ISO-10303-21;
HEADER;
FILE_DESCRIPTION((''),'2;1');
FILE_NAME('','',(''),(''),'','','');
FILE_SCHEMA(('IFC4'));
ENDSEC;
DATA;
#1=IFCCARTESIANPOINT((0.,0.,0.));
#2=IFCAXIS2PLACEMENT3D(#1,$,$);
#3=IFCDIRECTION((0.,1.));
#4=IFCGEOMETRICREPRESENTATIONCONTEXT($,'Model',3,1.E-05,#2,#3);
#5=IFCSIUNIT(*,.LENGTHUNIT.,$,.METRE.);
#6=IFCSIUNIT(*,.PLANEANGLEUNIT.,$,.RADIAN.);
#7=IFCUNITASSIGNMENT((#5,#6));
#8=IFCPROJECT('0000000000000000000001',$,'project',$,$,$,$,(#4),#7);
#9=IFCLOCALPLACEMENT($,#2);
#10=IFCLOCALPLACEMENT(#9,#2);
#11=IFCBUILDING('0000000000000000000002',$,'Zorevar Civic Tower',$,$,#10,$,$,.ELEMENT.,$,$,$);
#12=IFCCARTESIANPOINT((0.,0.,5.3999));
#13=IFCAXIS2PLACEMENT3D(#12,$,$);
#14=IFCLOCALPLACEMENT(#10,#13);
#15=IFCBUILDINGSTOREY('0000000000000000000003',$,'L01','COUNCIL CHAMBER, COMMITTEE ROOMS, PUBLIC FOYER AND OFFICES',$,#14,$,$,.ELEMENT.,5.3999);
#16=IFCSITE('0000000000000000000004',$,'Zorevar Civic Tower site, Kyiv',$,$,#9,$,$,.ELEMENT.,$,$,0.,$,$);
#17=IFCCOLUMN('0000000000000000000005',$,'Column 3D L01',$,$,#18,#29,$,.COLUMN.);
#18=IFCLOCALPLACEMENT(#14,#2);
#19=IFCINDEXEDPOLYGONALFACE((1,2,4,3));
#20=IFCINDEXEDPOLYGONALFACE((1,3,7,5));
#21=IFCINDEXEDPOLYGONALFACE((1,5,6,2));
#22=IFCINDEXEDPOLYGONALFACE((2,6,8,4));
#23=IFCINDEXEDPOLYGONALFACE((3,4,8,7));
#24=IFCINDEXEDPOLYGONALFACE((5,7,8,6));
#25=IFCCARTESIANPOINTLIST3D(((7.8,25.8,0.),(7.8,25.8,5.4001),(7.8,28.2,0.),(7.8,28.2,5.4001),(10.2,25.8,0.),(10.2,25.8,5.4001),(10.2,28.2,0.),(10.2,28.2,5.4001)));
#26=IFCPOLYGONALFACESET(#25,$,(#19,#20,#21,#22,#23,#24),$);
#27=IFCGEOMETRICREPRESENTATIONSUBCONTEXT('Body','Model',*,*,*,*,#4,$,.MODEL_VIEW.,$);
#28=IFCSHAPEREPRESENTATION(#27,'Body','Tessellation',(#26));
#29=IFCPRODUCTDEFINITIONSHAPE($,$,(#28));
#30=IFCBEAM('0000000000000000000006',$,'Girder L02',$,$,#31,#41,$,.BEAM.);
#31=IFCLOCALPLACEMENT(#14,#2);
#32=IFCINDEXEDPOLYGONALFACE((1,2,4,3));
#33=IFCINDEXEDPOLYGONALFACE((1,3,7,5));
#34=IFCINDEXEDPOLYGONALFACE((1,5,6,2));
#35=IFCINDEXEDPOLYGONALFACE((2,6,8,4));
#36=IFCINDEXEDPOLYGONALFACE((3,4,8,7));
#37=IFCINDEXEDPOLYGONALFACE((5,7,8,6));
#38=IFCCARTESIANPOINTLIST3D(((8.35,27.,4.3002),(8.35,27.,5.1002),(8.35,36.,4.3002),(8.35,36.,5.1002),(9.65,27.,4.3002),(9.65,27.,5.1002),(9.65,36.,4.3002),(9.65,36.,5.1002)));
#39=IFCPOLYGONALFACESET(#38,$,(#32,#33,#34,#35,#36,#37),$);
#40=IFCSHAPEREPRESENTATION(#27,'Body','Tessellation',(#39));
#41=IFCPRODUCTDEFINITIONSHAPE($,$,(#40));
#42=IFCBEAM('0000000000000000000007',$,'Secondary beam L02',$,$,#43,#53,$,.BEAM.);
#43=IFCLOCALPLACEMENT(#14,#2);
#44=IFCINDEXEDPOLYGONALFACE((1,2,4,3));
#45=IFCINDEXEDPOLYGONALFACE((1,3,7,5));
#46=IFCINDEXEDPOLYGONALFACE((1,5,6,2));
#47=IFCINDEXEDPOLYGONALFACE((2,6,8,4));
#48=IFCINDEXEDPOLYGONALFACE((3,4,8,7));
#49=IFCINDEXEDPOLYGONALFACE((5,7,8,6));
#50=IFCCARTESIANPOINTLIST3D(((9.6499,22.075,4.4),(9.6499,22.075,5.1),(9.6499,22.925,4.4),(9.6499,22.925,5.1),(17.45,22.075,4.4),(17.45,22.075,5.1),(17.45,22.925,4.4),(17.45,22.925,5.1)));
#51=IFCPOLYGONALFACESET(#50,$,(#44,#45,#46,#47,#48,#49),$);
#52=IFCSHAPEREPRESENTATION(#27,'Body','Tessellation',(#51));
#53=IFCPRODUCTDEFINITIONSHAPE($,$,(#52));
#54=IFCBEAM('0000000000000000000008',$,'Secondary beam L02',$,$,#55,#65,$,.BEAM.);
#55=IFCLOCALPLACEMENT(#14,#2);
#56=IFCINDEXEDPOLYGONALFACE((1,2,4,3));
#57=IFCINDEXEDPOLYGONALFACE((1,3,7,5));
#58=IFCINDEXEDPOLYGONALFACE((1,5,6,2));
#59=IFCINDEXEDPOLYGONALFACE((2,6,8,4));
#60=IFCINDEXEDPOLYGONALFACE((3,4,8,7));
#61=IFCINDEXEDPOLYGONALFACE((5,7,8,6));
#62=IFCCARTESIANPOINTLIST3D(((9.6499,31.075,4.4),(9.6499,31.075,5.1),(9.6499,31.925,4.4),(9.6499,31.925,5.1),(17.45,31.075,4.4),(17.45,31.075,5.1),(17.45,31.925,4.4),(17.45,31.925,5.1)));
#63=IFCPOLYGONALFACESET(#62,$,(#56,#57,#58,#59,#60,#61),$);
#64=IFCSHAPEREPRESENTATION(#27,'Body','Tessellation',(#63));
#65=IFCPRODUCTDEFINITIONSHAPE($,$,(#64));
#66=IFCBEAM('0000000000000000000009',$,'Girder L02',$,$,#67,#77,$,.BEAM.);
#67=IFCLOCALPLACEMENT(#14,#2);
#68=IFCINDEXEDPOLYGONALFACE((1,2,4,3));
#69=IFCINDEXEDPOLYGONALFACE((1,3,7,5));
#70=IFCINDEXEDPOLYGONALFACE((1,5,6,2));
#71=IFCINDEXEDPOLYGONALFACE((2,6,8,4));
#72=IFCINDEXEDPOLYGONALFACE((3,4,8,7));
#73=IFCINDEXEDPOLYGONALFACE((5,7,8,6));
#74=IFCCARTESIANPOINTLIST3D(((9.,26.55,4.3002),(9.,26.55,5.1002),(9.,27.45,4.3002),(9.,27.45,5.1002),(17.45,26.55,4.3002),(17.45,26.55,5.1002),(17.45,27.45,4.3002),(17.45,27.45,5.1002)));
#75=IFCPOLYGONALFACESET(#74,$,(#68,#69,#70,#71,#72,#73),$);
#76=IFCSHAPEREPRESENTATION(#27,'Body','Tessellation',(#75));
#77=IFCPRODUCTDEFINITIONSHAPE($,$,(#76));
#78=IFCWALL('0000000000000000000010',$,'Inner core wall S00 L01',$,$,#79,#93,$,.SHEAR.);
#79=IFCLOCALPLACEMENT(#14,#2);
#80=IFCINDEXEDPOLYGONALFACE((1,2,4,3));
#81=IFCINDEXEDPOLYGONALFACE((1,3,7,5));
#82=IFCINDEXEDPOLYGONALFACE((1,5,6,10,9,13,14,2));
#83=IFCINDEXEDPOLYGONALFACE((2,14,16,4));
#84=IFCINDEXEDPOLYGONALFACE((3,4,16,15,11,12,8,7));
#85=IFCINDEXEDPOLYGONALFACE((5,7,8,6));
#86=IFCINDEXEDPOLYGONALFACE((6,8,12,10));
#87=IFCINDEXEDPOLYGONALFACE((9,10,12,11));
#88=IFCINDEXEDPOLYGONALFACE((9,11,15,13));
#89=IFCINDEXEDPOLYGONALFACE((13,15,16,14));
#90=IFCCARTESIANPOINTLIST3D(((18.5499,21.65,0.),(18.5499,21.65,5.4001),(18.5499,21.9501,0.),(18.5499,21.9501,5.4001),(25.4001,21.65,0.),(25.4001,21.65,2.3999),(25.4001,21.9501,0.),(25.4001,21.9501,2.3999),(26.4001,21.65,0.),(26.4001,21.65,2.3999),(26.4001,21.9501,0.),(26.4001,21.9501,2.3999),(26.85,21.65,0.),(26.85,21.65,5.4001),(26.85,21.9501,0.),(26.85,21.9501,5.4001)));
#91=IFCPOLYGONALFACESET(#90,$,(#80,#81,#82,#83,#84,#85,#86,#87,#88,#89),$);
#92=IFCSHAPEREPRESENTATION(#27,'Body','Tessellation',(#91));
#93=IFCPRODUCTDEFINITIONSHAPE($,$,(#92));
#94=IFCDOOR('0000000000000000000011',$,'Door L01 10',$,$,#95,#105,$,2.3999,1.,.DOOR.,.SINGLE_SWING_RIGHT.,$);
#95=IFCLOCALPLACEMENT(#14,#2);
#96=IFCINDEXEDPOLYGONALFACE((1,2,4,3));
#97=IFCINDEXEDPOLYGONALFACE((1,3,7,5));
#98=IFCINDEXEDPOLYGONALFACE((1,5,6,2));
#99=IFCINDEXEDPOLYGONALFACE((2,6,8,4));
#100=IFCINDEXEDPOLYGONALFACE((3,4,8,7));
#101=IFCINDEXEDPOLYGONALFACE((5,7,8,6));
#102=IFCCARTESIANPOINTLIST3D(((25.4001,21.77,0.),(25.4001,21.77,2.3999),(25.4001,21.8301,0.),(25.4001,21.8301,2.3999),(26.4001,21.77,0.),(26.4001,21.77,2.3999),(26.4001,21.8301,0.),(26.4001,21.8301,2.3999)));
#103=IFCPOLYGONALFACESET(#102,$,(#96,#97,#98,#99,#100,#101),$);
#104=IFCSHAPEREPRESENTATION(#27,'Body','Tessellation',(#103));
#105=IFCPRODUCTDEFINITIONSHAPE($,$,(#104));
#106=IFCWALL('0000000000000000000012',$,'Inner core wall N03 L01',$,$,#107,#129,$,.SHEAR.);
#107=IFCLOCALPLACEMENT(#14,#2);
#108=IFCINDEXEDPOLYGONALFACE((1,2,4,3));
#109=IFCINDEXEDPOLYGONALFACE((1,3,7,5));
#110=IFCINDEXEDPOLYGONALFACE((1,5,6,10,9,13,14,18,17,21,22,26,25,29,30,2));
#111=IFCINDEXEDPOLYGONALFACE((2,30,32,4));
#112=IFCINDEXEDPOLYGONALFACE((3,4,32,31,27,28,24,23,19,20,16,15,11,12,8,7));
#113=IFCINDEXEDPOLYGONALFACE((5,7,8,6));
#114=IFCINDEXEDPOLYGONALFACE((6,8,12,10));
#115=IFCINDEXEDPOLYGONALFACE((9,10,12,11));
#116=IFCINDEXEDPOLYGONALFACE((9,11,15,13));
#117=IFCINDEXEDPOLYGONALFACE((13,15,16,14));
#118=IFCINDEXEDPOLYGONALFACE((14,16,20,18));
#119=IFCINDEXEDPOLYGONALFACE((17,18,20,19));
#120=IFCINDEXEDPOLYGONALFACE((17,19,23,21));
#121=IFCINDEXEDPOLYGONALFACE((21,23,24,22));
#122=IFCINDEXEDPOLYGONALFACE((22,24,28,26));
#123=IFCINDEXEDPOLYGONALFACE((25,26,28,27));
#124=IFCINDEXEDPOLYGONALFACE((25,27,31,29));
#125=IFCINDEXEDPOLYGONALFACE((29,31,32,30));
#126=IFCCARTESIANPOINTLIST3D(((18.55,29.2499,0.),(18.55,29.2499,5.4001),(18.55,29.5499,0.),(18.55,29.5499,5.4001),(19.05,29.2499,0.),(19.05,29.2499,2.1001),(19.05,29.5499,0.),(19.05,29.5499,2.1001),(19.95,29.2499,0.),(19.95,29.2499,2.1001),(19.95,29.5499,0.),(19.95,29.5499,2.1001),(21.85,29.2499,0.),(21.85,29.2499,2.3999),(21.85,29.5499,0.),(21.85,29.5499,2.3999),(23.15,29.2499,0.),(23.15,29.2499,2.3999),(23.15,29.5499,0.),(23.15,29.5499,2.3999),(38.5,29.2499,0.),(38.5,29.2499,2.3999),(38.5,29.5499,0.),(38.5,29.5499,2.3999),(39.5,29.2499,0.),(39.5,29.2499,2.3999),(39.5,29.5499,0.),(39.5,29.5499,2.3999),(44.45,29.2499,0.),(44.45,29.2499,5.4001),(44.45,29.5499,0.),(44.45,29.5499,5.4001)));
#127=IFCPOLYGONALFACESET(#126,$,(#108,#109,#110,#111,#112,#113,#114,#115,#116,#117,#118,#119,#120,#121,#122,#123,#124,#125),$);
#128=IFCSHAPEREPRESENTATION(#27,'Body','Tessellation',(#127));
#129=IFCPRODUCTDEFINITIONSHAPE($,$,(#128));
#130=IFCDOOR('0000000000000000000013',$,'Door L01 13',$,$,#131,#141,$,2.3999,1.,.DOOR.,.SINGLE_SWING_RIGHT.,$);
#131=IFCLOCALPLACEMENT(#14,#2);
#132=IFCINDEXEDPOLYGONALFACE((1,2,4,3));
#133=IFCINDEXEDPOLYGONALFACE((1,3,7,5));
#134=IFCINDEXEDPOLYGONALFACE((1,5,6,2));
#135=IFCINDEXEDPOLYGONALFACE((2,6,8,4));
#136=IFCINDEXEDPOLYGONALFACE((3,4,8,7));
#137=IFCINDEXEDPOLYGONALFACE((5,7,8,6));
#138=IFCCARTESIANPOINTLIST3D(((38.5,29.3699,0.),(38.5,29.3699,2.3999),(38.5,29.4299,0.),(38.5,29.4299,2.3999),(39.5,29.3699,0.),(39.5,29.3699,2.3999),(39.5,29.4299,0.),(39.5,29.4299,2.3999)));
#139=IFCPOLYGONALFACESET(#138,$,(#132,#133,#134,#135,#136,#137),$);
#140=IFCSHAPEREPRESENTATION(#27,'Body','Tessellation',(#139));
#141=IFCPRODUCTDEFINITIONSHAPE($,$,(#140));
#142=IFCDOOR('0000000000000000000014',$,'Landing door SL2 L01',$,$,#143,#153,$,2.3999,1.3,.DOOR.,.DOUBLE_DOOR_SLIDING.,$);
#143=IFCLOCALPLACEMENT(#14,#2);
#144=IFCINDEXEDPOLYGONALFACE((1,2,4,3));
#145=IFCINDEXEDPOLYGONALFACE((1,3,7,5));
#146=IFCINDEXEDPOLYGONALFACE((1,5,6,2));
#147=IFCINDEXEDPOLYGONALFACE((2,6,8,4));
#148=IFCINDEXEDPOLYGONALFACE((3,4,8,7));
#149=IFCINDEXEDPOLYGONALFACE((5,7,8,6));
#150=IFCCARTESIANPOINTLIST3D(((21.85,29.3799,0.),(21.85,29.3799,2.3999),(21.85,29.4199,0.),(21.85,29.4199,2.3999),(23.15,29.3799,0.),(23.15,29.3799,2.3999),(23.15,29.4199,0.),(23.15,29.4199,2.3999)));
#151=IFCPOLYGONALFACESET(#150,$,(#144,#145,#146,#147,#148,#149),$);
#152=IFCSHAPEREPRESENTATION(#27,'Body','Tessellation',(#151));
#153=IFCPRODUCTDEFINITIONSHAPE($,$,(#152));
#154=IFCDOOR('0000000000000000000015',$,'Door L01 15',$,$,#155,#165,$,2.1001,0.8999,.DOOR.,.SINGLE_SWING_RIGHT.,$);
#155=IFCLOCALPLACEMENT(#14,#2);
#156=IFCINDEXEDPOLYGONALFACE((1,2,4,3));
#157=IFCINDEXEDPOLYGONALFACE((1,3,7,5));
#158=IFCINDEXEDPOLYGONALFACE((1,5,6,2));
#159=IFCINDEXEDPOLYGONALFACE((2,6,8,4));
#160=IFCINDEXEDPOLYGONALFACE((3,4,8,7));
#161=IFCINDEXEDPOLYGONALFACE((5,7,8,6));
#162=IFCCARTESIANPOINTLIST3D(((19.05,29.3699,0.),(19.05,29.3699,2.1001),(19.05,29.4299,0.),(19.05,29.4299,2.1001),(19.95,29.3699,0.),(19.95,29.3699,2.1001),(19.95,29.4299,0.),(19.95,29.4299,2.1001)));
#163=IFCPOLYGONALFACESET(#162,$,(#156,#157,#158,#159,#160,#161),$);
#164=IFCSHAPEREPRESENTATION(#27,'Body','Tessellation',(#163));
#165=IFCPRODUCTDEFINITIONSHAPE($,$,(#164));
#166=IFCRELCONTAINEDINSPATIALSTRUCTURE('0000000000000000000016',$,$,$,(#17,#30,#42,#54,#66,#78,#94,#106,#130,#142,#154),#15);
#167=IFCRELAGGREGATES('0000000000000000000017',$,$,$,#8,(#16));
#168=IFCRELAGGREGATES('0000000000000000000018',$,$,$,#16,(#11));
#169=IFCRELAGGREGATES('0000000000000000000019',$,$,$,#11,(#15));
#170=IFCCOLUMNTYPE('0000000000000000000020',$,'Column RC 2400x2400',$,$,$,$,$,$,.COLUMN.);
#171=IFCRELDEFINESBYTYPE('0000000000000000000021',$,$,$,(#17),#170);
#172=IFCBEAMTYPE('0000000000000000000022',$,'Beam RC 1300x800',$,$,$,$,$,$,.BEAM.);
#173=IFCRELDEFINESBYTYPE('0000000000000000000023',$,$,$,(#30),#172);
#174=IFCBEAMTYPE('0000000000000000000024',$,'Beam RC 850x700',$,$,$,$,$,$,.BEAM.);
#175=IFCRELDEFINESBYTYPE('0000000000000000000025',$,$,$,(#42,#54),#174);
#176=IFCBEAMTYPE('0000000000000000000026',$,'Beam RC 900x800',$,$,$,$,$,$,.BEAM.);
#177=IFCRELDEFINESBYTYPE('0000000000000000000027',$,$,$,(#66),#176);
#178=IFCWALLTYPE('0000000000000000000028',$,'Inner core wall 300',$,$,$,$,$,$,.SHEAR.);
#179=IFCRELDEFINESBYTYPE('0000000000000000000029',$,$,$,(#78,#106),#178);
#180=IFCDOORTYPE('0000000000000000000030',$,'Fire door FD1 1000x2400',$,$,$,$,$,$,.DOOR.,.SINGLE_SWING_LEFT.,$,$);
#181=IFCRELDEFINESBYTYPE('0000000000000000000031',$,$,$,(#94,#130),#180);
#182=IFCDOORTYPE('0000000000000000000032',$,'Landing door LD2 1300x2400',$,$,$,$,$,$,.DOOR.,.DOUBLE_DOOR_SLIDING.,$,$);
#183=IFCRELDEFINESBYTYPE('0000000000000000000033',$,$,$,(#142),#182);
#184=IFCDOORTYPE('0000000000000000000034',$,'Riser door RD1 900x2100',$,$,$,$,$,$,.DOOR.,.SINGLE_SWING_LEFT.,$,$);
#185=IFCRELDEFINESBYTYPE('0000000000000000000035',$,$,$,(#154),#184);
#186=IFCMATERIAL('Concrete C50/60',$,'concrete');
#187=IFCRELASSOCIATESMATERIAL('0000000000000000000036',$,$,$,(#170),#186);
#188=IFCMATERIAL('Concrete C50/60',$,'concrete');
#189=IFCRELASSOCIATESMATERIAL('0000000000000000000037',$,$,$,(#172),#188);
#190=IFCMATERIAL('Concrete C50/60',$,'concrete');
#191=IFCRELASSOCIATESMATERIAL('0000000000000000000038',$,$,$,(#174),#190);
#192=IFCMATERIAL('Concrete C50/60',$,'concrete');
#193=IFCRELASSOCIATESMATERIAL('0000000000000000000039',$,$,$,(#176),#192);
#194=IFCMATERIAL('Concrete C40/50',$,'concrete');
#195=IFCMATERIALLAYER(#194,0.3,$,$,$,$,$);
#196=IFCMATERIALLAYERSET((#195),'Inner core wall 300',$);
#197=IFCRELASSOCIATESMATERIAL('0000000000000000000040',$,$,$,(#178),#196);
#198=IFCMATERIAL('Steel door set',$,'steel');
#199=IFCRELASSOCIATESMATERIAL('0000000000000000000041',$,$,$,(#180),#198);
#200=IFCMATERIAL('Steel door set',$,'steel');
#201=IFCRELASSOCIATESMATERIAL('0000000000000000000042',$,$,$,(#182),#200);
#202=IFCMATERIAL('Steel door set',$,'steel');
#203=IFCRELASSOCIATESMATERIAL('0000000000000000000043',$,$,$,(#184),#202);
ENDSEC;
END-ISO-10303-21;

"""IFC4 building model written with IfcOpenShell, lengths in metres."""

from ifc_helpers import new_model, si_unit, direction, frame, frame_2d, origin, origin_2d, place, context, subcontext, project, spatial, rectangle, extrude, material, layer, layer_set, material_profile, profile_set, type_object, element, fill, save


model = new_model("IFC4")

# Units and contexts
model_context = context("Model", 3, precision=1e-05, world=origin(), true_north=direction((0.0, 1.0)))
body_context = subcontext(model_context, "Body", "Model", "MODEL_VIEW")
ifc_project = project(units=[si_unit("LENGTHUNIT", "METRE"), si_unit("PLANEANGLEUNIT", "RADIAN")], contexts=[model_context])

# Site, building, storey
site_placement = place(None, origin())
site = spatial("IfcSite", under=ifc_project, at=site_placement, Name="Zorevar Civic Tower site, Kyiv", CompositionType="ELEMENT", RefElevation=0.0)
building_placement = place(site_placement, origin())
building = spatial("IfcBuilding", under=site, at=building_placement, Name="Zorevar Civic Tower", CompositionType="ELEMENT")
storey_placement = place(building_placement, frame((0.0, 0.0, 5.3999)))
storey = spatial("IfcBuildingStorey", under=building, at=storey_placement, Name="L01", Description="COUNCIL CHAMBER, COMMITTEE ROOMS, PUBLIC FOYER AND OFFICES", CompositionType="ELEMENT", Elevation=5.3999)

# Column
ifc_material_1 = material(Name="Concrete C50/60", Category="concrete")
ifc_material_profile_1 = material_profile(ifc_material_1, rectangle(XDim=2.3999, YDim=2.3999, at=origin_2d()), Name="RC 2400x2400")
ifc_profile_set_1 = profile_set([ifc_material_profile_1], Name="Concrete C50/60")
column_type = type_object("IfcColumnType", Name="Column RC 2400x2400", PredefinedType="COLUMN", material=ifc_profile_set_1)
column_placement = place(storey_placement, frame((9.0, 27.0, 0.0), z_axis=(0.0, 0.0, 1.0), x_axis=(1.0, 0.0, 0.0)))
element("IfcColumn", 1, at=column_placement, inside=storey, type_object=column_type, Name="Column 3D L01", PredefinedType="COLUMN", context=body_context, shape_type="SweptSolid", body=[
    extrude(rectangle(XDim=2.3999, YDim=2.3999, at=origin_2d()), origin(), (0.0, 0.0, 1.0), 5.4001),
])

# Beams
ifc_material_2 = material(Name="Concrete C50/60", Category="concrete")
ifc_material_profile_2 = material_profile(ifc_material_2, rectangle(XDim=1.3, YDim=0.8, at=origin_2d()), Name="RC 1300x800")
ifc_profile_set_2 = profile_set([ifc_material_profile_2], Name="Concrete C50/60")
beam_type_1 = type_object("IfcBeamType", Name="Beam RC 1300x800", PredefinedType="BEAM", material=ifc_profile_set_2)
beam_1_placement = place(storey_placement, frame((9.0, 27.0, 4.7002), z_axis=(0.0, 1.0, 0.0), x_axis=(-1.0, 0.0, 0.0)))
element("IfcBeam", 2, at=beam_1_placement, inside=storey, type_object=beam_type_1, Name="Girder L02", PredefinedType="BEAM", context=body_context, shape_type="SweptSolid", body=[
    extrude(rectangle(XDim=1.3, YDim=0.8, at=origin_2d()), origin(), (0.0, 0.0, 1.0), 9.0),
])
ifc_material_3 = material(Name="Concrete C50/60", Category="concrete")
ifc_material_profile_3 = material_profile(ifc_material_3, rectangle(XDim=0.8501, YDim=0.7, at=origin_2d()), Name="RC 850x700")
ifc_profile_set_3 = profile_set([ifc_material_profile_3], Name="Concrete C50/60")
beam_type_2 = type_object("IfcBeamType", Name="Beam RC 850x700", PredefinedType="BEAM", material=ifc_profile_set_3)
for number, where, z_axis, x_axis, name in (
    (3, (9.6499, 22.5, 4.75), (1.0, 0.0, 0.0), (0.0, 1.0, 0.0), "Secondary beam L02"),
    (4, (9.6499, 31.5, 4.75), (1.0, 0.0, 0.0), (0.0, 1.0, 0.0), "Secondary beam L02"),
):
    element("IfcBeam", number, at=place(storey_placement, frame(where, z_axis=z_axis, x_axis=x_axis)), inside=storey, type_object=beam_type_2, Name=name, PredefinedType="BEAM", context=body_context, shape_type="SweptSolid", body=[
        extrude(rectangle(XDim=0.8501, YDim=0.7, at=origin_2d()), origin(), (0.0, 0.0, 1.0), 7.8),
    ])
ifc_material_4 = material(Name="Concrete C50/60", Category="concrete")
ifc_material_profile_4 = material_profile(ifc_material_4, rectangle(XDim=0.8999, YDim=0.8, at=origin_2d()), Name="RC 900x800")
ifc_profile_set_4 = profile_set([ifc_material_profile_4], Name="Concrete C50/60")
beam_type_3 = type_object("IfcBeamType", Name="Beam RC 900x800", PredefinedType="BEAM", material=ifc_profile_set_4)
beam_2_placement = place(storey_placement, frame((9.0, 27.0, 4.7002), z_axis=(1.0, 0.0, 0.0), x_axis=(0.0, 1.0, 0.0)))
element("IfcBeam", 5, at=beam_2_placement, inside=storey, type_object=beam_type_3, Name="Girder L02", PredefinedType="BEAM", context=body_context, shape_type="SweptSolid", body=[
    extrude(rectangle(XDim=0.8999, YDim=0.8, at=origin_2d()), origin(), (0.0, 0.0, 1.0), 8.45),
])

# Wall, opening, door
ifc_material_5 = material(Name="Concrete C40/50", Category="concrete")
ifc_layer_1 = layer(ifc_material_5, 0.3)
ifc_layer_set_1 = layer_set([ifc_layer_1], Name="Inner core wall 300")
wall_type_1 = type_object("IfcWallType", Name="Inner core wall 300", PredefinedType="SHEAR", material=ifc_layer_set_1)
wall_1_placement = place(storey_placement, frame((18.55, 21.8, 0.0), z_axis=(0.0, 0.0, 1.0), x_axis=(1.0, 0.0, 0.0)))
wall_1 = element("IfcWall", 6, at=wall_1_placement, inside=storey, type_object=wall_type_1, Name="Inner core wall S00 L01", PredefinedType="SHEAR", context=body_context, shape_type="SweptSolid", body=[
    extrude(rectangle(XDim=8.3, YDim=0.3, at=frame_2d((4.1499, 0.0))), origin(), (0.0, 0.0, 1.0), 5.4001),
])
opening_1_placement = place(wall_1_placement, frame((6.8501, 0.0, 0.0)))
opening_1 = element("IfcOpeningElement", 7, at=opening_1_placement, cuts=wall_1, PredefinedType="OPENING", context=body_context, shape_type="SweptSolid", body=[
    extrude(rectangle(XDim=1.0, YDim=2.3999, at=frame_2d((0.5, 1.2))), frame((0.0, 0.1599, 0.0), z_axis=(0.0, -1.0, 0.0), x_axis=(1.0, 0.0, 0.0)), (0.0, 0.0, 1.0), 0.3201),
])
ifc_material_6 = material(Name="Steel door set", Category="steel")
door_type_1 = type_object("IfcDoorType", Name="Fire door FD1 1000x2400", OperationType="SINGLE_SWING_LEFT", PredefinedType="DOOR", material=ifc_material_6)
door_1_placement = place(opening_1_placement, origin())
door_1 = element("IfcDoor", 8, at=door_1_placement, inside=storey, type_object=door_type_1, Name="Door L01 10", OperationType="SINGLE_SWING_RIGHT", OverallHeight=2.3999, OverallWidth=1.0, PredefinedType="DOOR", context=body_context, shape_type="SweptSolid", body=[
    extrude(rectangle(XDim=1.0, YDim=2.3999, at=frame_2d((0.5, 1.2))), frame((0.0, 0.03, 0.0), z_axis=(0.0, -1.0, 0.0), x_axis=(1.0, 0.0, 0.0)), (0.0, 0.0, 1.0), 0.0601),
])
fill(opening_1, door_1)

# Wall, openings, doors
ifc_material_7 = material(Name="Steel door set", Category="steel")
door_type_2 = type_object("IfcDoorType", Name="Landing door LD2 1300x2400", OperationType="DOUBLE_DOOR_SLIDING", PredefinedType="DOOR", material=ifc_material_7)
ifc_material_8 = material(Name="Steel door set", Category="steel")
door_type_3 = type_object("IfcDoorType", Name="Riser door RD1 900x2100", OperationType="SINGLE_SWING_LEFT", PredefinedType="DOOR", material=ifc_material_8)
wall_2_placement = place(storey_placement, frame((18.55, 29.3999, 0.0), z_axis=(0.0, 0.0, 1.0), x_axis=(1.0, 0.0, 0.0)))
wall_2 = element("IfcWall", 9, at=wall_2_placement, inside=storey, type_object=wall_type_1, Name="Inner core wall N03 L01", PredefinedType="SHEAR", context=body_context, shape_type="SweptSolid", body=[
    extrude(rectangle(XDim=25.8999, YDim=0.3, at=frame_2d((12.95, 0.0))), origin(), (0.0, 0.0, 1.0), 5.4001),
])
opening_2_placement = place(wall_2_placement, frame((19.95, 0.0, 0.0)))
opening_2 = element("IfcOpeningElement", 10, at=opening_2_placement, cuts=wall_2, PredefinedType="OPENING", context=body_context, shape_type="SweptSolid", body=[
    extrude(rectangle(XDim=1.0, YDim=2.3999, at=frame_2d((0.5, 1.2))), frame((0.0, 0.1599, 0.0), z_axis=(0.0, -1.0, 0.0), x_axis=(1.0, 0.0, 0.0)), (0.0, 0.0, 1.0), 0.3201),
])
opening_3_placement = place(wall_2_placement, frame((0.5, 0.0, 0.0)))
opening_3 = element("IfcOpeningElement", 11, at=opening_3_placement, cuts=wall_2, PredefinedType="OPENING", context=body_context, shape_type="SweptSolid", body=[
    extrude(rectangle(XDim=0.8999, YDim=2.1001, at=frame_2d((0.45, 1.05))), frame((0.0, 0.1599, 0.0), z_axis=(0.0, -1.0, 0.0), x_axis=(1.0, 0.0, 0.0)), (0.0, 0.0, 1.0), 0.3201),
])
opening_4_placement = place(wall_2_placement, frame((3.3, 0.0, 0.0)))
opening_4 = element("IfcOpeningElement", 12, at=opening_4_placement, cuts=wall_2, PredefinedType="OPENING", context=body_context, shape_type="SweptSolid", body=[
    extrude(rectangle(XDim=1.3, YDim=2.3999, at=frame_2d((0.6499, 1.2))), frame((0.0, 0.1599, 0.0), z_axis=(0.0, -1.0, 0.0), x_axis=(1.0, 0.0, 0.0)), (0.0, 0.0, 1.0), 0.3201),
])
door_2_placement = place(opening_2_placement, origin())
door_2 = element("IfcDoor", 13, at=door_2_placement, inside=storey, type_object=door_type_1, Name="Door L01 13", OperationType="SINGLE_SWING_RIGHT", OverallHeight=2.3999, OverallWidth=1.0, PredefinedType="DOOR", context=body_context, shape_type="SweptSolid", body=[
    extrude(rectangle(XDim=1.0, YDim=2.3999, at=frame_2d((0.5, 1.2))), frame((0.0, 0.03, 0.0), z_axis=(0.0, -1.0, 0.0), x_axis=(1.0, 0.0, 0.0)), (0.0, 0.0, 1.0), 0.0601),
])
fill(opening_2, door_2)
door_3_placement = place(opening_4_placement, origin())
door_3 = element("IfcDoor", 14, at=door_3_placement, inside=storey, type_object=door_type_2, Name="Landing door SL2 L01", OperationType="DOUBLE_DOOR_SLIDING", OverallHeight=2.3999, OverallWidth=1.3, PredefinedType="DOOR", context=body_context, shape_type="SweptSolid", body=[
    extrude(rectangle(XDim=1.3, YDim=2.3999, at=frame_2d((0.6499, 1.2))), frame((0.0, 0.02, 0.0), z_axis=(0.0, -1.0, 0.0), x_axis=(1.0, 0.0, 0.0)), (0.0, 0.0, 1.0), 0.04),
])
fill(opening_4, door_3)
door_4_placement = place(opening_3_placement, origin())
door_4 = element("IfcDoor", 15, at=door_4_placement, inside=storey, type_object=door_type_3, Name="Door L01 15", OperationType="SINGLE_SWING_RIGHT", OverallHeight=2.1001, OverallWidth=0.8999, PredefinedType="DOOR", context=body_context, shape_type="SweptSolid", body=[
    extrude(rectangle(XDim=0.8999, YDim=2.1001, at=frame_2d((0.45, 1.05))), frame((0.0, 0.03, 0.0), z_axis=(0.0, -1.0, 0.0), x_axis=(1.0, 0.0, 0.0)), (0.0, 0.0, 1.0), 0.0601),
])
fill(opening_3, door_4)

save(model, "model.ifc")
